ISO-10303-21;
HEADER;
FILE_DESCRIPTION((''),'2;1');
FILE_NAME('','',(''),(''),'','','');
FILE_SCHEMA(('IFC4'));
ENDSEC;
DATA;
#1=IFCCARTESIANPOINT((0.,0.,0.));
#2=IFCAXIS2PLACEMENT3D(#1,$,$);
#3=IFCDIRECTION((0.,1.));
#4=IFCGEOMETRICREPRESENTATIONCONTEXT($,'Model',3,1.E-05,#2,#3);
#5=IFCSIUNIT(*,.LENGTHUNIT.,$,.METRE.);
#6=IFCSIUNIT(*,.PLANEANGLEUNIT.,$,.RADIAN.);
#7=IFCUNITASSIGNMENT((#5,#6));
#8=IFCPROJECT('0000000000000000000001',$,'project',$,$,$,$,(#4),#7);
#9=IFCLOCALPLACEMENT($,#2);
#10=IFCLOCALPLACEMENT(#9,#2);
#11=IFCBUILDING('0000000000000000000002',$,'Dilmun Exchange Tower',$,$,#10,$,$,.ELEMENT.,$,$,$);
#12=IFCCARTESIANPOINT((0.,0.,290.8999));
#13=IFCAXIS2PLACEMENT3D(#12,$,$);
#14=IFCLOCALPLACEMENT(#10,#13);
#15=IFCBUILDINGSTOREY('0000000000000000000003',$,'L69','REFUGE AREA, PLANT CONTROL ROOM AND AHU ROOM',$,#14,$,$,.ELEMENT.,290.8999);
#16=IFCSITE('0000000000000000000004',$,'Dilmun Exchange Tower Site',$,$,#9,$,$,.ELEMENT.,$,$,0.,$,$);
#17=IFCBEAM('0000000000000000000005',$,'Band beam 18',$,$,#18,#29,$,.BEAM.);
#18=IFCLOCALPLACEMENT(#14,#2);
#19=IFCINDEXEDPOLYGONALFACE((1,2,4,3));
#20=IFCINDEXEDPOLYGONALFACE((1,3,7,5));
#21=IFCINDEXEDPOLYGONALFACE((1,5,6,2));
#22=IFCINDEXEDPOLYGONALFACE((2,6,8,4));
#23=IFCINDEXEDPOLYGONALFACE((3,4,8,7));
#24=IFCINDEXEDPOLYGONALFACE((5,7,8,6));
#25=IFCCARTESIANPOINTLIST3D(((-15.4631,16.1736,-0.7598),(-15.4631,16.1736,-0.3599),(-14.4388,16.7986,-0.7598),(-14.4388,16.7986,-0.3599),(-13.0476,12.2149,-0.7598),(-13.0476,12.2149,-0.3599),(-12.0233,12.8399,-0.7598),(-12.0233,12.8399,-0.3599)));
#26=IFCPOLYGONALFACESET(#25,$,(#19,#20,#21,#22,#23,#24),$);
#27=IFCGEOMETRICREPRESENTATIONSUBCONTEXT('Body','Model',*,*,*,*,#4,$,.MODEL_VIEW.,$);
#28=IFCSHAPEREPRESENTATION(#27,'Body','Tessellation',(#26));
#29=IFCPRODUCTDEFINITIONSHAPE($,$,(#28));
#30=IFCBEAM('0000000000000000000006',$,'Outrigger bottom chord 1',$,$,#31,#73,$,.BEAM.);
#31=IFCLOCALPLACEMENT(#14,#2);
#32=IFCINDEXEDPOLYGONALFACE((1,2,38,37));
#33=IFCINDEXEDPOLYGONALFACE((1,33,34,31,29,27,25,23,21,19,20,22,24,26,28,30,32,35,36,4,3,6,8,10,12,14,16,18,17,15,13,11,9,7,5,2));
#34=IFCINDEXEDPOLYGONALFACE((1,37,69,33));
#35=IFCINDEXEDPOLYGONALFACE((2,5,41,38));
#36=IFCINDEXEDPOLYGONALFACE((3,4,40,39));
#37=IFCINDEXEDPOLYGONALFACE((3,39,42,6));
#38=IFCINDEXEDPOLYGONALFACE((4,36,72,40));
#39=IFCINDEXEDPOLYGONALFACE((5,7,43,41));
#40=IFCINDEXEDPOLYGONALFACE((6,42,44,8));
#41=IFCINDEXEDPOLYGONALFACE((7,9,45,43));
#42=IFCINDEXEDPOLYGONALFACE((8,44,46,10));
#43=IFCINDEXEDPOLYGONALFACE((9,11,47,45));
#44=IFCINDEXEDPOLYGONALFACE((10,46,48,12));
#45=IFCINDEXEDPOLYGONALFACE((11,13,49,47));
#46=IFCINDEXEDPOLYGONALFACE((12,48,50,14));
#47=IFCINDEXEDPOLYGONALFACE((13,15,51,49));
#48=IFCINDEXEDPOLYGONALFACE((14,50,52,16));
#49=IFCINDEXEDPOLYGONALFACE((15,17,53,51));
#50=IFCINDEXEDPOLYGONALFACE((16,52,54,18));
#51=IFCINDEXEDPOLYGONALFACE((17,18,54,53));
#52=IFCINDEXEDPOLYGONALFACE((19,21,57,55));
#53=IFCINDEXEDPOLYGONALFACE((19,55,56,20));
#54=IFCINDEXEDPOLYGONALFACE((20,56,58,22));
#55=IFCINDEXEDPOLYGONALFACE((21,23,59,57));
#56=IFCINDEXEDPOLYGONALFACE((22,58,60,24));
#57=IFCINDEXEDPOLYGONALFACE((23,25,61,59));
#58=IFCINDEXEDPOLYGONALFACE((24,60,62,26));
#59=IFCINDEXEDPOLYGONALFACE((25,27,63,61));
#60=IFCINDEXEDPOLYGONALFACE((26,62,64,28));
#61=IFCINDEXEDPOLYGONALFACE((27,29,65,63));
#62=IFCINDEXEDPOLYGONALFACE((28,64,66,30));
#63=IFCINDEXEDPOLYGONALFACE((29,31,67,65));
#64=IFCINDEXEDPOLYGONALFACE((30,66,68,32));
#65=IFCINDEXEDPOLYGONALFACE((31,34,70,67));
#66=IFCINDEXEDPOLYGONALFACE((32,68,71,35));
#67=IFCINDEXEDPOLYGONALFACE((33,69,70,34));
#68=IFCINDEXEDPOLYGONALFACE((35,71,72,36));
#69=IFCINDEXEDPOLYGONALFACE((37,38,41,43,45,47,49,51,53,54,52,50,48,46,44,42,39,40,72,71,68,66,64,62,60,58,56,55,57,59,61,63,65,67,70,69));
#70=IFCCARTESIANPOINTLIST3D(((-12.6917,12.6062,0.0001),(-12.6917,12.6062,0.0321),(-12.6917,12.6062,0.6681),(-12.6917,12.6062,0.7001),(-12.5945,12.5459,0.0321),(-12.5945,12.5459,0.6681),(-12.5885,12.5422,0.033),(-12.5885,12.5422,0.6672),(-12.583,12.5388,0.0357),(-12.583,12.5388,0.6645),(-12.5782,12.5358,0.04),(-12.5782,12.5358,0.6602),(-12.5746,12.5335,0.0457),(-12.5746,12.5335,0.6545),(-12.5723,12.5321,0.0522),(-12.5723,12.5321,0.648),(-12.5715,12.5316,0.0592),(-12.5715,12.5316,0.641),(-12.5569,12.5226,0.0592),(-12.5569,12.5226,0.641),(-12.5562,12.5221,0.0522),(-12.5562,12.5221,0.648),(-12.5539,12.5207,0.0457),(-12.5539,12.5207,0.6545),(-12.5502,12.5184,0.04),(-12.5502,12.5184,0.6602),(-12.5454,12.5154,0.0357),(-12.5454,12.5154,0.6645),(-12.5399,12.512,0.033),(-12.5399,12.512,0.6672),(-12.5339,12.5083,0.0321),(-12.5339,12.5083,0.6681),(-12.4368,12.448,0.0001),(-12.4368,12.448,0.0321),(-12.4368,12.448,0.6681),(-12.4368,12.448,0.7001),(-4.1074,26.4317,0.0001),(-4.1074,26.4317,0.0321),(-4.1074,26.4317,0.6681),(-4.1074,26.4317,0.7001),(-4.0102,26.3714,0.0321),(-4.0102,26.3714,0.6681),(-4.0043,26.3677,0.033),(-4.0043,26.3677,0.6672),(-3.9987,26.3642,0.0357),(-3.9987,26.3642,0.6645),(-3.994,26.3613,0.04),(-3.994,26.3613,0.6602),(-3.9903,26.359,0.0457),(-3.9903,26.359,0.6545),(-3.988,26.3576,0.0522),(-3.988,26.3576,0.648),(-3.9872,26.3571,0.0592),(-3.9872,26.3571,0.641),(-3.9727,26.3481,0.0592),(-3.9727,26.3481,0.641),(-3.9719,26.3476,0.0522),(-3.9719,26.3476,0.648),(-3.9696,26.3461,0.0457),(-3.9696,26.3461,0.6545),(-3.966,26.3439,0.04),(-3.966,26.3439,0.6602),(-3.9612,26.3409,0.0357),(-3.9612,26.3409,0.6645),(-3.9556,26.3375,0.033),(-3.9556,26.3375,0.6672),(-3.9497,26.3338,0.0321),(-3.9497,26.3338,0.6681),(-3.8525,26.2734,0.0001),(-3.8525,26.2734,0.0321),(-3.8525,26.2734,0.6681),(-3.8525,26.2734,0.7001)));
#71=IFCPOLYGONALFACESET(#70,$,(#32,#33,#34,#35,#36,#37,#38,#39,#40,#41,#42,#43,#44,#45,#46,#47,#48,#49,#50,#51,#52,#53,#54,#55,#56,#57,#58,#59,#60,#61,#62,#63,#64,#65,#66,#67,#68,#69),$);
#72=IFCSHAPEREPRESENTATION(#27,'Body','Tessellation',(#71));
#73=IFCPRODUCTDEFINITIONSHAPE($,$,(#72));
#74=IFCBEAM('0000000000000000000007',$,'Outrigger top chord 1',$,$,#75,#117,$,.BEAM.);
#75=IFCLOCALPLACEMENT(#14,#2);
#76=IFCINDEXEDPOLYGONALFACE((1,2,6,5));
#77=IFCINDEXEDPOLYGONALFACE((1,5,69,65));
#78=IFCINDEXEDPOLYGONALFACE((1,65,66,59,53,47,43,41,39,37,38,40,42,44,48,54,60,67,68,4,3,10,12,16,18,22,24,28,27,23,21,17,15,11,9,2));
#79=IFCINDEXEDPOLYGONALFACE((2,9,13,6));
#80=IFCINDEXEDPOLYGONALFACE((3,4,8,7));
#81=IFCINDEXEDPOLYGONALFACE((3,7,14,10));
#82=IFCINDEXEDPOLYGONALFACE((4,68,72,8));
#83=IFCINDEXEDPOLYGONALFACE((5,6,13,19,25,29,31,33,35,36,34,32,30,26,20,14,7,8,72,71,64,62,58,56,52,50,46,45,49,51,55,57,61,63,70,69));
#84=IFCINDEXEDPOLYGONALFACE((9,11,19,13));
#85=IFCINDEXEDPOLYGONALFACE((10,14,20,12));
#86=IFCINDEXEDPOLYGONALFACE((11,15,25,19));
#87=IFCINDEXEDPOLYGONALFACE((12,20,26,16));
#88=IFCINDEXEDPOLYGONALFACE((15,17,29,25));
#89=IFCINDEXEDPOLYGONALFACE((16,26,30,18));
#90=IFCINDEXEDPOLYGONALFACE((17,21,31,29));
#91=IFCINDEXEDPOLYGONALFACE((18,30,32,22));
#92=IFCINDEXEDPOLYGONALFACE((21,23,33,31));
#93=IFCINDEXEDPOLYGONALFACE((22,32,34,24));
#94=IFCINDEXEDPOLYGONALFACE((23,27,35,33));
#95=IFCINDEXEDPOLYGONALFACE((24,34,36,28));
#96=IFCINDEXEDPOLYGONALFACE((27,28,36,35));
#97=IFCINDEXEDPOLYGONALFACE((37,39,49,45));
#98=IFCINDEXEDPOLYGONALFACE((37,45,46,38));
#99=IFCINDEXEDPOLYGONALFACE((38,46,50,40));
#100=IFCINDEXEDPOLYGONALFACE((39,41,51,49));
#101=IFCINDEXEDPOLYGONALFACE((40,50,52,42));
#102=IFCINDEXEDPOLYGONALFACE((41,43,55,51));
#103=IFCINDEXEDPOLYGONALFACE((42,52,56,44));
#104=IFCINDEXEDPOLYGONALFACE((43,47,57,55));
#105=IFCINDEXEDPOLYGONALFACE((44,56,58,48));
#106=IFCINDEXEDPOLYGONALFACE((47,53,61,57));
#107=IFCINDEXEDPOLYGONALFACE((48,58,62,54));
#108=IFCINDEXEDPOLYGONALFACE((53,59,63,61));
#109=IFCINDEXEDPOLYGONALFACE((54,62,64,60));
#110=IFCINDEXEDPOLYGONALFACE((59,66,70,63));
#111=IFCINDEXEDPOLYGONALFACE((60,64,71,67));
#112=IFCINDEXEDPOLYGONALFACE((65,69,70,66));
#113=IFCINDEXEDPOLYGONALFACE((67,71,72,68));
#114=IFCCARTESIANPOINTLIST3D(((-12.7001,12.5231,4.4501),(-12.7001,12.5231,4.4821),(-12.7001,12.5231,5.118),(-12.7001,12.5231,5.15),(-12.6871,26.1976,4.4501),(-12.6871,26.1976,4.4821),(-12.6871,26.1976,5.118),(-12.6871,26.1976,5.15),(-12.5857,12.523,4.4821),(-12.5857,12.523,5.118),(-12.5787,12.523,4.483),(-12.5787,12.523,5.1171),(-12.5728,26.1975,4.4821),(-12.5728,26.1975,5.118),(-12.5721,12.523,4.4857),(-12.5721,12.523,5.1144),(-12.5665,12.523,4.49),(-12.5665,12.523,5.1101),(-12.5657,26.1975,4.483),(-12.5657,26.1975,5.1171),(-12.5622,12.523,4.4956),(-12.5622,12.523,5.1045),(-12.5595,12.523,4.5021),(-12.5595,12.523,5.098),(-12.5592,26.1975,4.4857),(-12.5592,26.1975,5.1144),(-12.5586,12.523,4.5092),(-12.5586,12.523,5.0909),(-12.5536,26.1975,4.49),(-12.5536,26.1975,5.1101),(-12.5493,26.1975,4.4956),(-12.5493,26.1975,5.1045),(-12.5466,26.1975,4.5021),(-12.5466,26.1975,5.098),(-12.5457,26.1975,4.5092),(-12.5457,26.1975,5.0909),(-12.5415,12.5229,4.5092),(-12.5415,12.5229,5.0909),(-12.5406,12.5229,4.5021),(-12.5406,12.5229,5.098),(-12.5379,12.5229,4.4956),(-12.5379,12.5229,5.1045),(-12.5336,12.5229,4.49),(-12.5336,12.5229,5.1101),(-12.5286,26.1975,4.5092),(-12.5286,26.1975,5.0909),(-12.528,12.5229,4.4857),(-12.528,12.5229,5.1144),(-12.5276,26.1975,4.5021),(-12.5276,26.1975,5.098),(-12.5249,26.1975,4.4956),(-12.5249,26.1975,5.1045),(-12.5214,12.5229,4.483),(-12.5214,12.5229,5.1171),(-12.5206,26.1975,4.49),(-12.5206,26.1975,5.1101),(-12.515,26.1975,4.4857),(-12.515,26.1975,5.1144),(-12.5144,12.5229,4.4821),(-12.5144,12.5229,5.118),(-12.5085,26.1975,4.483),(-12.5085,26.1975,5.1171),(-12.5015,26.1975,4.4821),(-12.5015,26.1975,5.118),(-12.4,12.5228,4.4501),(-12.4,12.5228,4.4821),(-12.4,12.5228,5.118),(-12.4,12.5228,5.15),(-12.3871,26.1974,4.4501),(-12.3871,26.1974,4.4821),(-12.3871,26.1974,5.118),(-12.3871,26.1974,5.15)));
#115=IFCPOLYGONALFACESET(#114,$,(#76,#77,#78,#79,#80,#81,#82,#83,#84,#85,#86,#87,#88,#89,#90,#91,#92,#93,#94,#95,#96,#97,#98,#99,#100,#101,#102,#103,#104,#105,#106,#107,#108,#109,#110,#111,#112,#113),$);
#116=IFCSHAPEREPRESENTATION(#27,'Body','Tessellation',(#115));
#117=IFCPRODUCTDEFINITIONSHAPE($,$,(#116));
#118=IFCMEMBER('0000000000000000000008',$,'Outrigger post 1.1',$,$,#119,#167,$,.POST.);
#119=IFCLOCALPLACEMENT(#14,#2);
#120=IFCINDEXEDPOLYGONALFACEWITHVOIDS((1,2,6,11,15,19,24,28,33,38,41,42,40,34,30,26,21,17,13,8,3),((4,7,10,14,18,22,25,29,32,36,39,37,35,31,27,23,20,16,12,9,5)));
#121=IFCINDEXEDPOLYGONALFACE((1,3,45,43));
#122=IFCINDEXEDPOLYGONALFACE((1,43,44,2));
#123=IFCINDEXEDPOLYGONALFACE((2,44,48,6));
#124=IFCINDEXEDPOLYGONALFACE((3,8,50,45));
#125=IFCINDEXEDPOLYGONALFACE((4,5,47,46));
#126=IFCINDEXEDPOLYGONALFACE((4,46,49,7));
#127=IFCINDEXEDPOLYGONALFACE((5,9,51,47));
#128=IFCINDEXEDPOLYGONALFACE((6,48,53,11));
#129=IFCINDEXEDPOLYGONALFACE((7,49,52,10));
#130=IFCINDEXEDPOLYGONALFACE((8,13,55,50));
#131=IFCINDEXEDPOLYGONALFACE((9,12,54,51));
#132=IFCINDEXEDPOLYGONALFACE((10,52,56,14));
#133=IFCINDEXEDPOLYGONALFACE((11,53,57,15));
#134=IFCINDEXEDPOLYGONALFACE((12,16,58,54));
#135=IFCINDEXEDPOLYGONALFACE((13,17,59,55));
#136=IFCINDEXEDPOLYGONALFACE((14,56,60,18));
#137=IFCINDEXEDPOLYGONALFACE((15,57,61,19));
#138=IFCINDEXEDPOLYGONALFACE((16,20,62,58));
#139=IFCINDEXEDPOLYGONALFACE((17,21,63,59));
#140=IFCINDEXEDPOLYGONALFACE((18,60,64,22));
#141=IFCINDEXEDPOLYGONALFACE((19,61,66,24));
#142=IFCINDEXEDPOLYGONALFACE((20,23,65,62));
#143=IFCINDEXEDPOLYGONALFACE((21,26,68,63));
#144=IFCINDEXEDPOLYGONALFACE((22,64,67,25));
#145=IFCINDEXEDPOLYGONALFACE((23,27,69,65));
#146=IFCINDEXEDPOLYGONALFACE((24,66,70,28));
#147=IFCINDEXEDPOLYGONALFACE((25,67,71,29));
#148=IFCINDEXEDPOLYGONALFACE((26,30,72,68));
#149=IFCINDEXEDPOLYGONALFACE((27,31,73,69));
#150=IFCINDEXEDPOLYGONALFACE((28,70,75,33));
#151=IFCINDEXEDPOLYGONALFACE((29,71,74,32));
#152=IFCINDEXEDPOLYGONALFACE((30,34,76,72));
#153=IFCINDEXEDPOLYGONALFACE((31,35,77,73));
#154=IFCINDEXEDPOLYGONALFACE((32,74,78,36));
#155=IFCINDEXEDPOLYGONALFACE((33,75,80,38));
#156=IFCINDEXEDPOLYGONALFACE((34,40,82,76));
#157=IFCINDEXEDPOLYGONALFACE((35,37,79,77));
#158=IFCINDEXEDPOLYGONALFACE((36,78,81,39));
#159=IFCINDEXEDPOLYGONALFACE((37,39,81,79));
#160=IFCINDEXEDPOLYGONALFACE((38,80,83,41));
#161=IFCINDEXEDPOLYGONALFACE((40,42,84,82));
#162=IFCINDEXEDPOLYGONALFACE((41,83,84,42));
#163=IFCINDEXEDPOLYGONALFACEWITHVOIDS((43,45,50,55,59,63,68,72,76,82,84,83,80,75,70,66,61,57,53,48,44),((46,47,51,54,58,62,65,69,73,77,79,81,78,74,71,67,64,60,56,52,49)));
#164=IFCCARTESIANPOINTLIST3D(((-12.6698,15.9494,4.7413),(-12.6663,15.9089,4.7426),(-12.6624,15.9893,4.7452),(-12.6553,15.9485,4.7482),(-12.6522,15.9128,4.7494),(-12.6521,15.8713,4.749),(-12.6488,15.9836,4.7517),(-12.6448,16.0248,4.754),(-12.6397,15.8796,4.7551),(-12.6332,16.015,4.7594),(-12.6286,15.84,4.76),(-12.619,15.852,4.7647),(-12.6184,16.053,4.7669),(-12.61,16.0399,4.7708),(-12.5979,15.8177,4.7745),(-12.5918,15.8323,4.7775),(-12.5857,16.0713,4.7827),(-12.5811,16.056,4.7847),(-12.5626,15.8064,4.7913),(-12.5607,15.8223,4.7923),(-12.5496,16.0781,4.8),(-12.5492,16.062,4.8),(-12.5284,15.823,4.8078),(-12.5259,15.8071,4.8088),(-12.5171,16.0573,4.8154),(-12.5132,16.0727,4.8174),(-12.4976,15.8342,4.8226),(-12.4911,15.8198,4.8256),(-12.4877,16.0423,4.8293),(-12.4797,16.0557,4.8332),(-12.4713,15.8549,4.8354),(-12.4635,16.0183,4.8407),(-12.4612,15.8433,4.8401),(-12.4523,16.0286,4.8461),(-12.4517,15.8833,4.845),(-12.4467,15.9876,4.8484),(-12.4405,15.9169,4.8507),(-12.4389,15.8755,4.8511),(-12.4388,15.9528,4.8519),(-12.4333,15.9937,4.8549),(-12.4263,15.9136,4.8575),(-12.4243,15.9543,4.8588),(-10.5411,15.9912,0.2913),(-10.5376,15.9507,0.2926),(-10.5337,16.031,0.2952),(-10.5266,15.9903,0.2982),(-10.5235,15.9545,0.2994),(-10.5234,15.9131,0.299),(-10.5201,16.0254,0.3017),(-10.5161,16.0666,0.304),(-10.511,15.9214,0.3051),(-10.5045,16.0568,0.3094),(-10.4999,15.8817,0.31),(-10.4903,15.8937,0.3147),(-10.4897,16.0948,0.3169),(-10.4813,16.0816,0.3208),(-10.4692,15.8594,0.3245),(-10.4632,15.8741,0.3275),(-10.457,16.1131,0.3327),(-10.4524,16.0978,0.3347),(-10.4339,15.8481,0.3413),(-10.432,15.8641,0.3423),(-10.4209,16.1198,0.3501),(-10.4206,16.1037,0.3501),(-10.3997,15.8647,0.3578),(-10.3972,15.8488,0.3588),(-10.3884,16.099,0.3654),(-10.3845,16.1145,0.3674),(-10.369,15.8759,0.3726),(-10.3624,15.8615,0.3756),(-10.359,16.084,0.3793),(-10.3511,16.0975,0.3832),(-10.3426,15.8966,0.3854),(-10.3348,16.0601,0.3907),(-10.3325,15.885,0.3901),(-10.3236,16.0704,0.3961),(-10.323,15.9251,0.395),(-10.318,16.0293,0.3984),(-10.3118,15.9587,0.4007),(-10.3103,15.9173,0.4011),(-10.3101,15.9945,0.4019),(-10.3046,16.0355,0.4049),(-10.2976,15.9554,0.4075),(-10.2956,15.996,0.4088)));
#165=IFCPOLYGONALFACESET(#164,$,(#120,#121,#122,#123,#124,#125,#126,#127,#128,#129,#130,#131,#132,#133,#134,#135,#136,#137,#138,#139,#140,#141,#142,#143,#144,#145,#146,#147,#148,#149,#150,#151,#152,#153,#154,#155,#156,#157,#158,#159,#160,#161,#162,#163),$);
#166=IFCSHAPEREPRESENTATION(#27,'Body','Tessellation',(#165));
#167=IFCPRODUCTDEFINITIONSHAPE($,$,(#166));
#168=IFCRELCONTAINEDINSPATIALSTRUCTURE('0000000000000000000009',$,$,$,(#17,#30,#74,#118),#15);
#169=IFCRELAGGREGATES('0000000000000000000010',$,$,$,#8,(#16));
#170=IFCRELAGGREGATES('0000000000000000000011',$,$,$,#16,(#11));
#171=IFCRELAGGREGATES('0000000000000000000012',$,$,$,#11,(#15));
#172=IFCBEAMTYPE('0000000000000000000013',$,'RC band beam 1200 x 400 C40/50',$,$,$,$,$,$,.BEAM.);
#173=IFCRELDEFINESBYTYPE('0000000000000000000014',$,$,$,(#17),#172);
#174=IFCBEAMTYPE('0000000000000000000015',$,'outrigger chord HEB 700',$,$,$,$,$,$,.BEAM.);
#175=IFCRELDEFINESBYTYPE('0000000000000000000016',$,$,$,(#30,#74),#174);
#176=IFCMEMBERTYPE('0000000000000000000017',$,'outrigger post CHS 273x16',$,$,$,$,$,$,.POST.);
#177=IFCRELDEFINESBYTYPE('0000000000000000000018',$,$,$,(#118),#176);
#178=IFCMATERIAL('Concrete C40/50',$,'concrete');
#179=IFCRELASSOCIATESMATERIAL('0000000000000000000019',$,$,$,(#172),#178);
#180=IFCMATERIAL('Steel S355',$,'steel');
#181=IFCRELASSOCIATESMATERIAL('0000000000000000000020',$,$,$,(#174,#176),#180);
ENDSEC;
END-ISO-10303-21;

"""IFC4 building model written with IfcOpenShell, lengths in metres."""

from ifc_helpers import new_model, si_unit, direction, frame, origin, origin_2d, place, context, subcontext, project, spatial, rectangle, hollow_circle, i_section, extrude, material, material_profile, profile_set, type_object, element, save


model = new_model("IFC4")

# Units and contexts
model_context = context("Model", 3, precision=1e-05, world=origin(), true_north=direction((0.0, 1.0)))
body_context = subcontext(model_context, "Body", "Model", "MODEL_VIEW")
ifc_project = project(units=[si_unit("LENGTHUNIT", "METRE"), si_unit("PLANEANGLEUNIT", "RADIAN")], contexts=[model_context])

# Site, building, storey
site_placement = place(None, origin())
site = spatial("IfcSite", under=ifc_project, at=site_placement, Name="Dilmun Exchange Tower Site", CompositionType="ELEMENT", RefElevation=0.0)
building_placement = place(site_placement, origin())
building = spatial("IfcBuilding", under=site, at=building_placement, Name="Dilmun Exchange Tower", CompositionType="ELEMENT")
storey_placement = place(building_placement, frame((0.0, 0.0, 290.8999)))
storey = spatial("IfcBuildingStorey", under=building, at=storey_placement, Name="L69", Description="REFUGE AREA, PLANT CONTROL ROOM AND AHU ROOM", CompositionType="ELEMENT", Elevation=290.8999)

# Beams
ifc_material_1 = material(Name="Concrete C40/50", Category="concrete")
ifc_material_profile_1 = material_profile(ifc_material_1, rectangle(XDim=1.2, YDim=0.3999, at=origin_2d()), Name="1200 x 400")
ifc_profile_set_1 = profile_set([ifc_material_profile_1], Name="Concrete C40/50")
beam_type_1 = type_object("IfcBeamType", Name="RC band beam 1200 x 400 C40/50", PredefinedType="BEAM", material=ifc_profile_set_1)
beam_1_placement = place(storey_placement, frame((-14.9509, 16.4861, -0.5598), z_axis=(0.520869, -0.853637, 0.0), x_axis=(0.853637, 0.520869, 0.0)))
element("IfcBeam", 1, at=beam_1_placement, inside=storey, type_object=beam_type_1, Name="Band beam 18", PredefinedType="BEAM", context=body_context, shape_type="SweptSolid", body=[
    extrude(rectangle(XDim=1.2, YDim=0.3999, at=origin_2d()), origin(), (0.0, 0.0, 1.0), 4.6375),
])
ifc_material_2 = material(Name="Steel S355", Category="steel")
ifc_material_profile_2 = material_profile(ifc_material_2, i_section(OverallWidth=0.3, OverallDepth=0.7, WebThickness=0.0171, FlangeThickness=0.032, FilletRadius=0.0271, at=origin_2d()), Name="HEB 700")
ifc_profile_set_2 = profile_set([ifc_material_profile_2], Name="Steel S355")
beam_type_2 = type_object("IfcBeamType", Name="outrigger chord HEB 700", PredefinedType="BEAM", material=ifc_profile_set_2)
beam_2_placement = place(storey_placement, frame((-12.5642, 12.5271, 0.3501), z_axis=(0.527492, 0.84956, 0.0), x_axis=(-0.84956, 0.527492, 0.0)))
element("IfcBeam", 2, at=beam_2_placement, inside=storey, type_object=beam_type_2, Name="Outrigger bottom chord 1", PredefinedType="BEAM", context=body_context, shape_type="SweptSolid", body=[
    extrude(i_section(OverallWidth=0.3, OverallDepth=0.7, WebThickness=0.0171, FlangeThickness=0.032, FilletRadius=0.0271, at=origin_2d()), origin(), (0.0, 0.0, 1.0), 16.2737),
])
beam_3_placement = place(storey_placement, frame((-12.55, 12.5229, 4.8), z_axis=(0.000946, 1.0, 0.0), x_axis=(-1.0, 0.000946, 0.0)))
element("IfcBeam", 3, at=beam_3_placement, inside=storey, type_object=beam_type_2, Name="Outrigger top chord 1", PredefinedType="BEAM", context=body_context, shape_type="SweptSolid", body=[
    extrude(i_section(OverallWidth=0.3, OverallDepth=0.7, WebThickness=0.0171, FlangeThickness=0.032, FilletRadius=0.0271, at=origin_2d()), origin(), (0.0, 0.0, 1.0), 13.6746),
])

# Member
ifc_material_profile_3 = material_profile(ifc_material_2, hollow_circle(Radius=0.1365, WallThickness=0.0161, at=origin_2d()), Name="CHS 273x16")
ifc_profile_set_3 = profile_set([ifc_material_profile_3], Name="Steel S355")
member_type_1 = type_object("IfcMemberType", Name="outrigger post CHS 273x16", PredefinedType="POST", material=ifc_profile_set_3)
member_1_placement = place(storey_placement, frame((-12.5469, 15.9417, 4.8), z_axis=(0.43151, 0.008463, -0.902068), x_axis=(-0.019609, 0.999808, 0.0)))
element("IfcMember", 4, at=member_1_placement, inside=storey, type_object=member_type_1, Name="Outrigger post 1.1", PredefinedType="POST", context=body_context, shape_type="SweptSolid", body=[
    extrude(hollow_circle(Radius=0.1365, WallThickness=0.0161, at=origin_2d()), origin(), (0.0, 0.0, 1.0), 4.9331),
])

save(model, "model.ifc")
